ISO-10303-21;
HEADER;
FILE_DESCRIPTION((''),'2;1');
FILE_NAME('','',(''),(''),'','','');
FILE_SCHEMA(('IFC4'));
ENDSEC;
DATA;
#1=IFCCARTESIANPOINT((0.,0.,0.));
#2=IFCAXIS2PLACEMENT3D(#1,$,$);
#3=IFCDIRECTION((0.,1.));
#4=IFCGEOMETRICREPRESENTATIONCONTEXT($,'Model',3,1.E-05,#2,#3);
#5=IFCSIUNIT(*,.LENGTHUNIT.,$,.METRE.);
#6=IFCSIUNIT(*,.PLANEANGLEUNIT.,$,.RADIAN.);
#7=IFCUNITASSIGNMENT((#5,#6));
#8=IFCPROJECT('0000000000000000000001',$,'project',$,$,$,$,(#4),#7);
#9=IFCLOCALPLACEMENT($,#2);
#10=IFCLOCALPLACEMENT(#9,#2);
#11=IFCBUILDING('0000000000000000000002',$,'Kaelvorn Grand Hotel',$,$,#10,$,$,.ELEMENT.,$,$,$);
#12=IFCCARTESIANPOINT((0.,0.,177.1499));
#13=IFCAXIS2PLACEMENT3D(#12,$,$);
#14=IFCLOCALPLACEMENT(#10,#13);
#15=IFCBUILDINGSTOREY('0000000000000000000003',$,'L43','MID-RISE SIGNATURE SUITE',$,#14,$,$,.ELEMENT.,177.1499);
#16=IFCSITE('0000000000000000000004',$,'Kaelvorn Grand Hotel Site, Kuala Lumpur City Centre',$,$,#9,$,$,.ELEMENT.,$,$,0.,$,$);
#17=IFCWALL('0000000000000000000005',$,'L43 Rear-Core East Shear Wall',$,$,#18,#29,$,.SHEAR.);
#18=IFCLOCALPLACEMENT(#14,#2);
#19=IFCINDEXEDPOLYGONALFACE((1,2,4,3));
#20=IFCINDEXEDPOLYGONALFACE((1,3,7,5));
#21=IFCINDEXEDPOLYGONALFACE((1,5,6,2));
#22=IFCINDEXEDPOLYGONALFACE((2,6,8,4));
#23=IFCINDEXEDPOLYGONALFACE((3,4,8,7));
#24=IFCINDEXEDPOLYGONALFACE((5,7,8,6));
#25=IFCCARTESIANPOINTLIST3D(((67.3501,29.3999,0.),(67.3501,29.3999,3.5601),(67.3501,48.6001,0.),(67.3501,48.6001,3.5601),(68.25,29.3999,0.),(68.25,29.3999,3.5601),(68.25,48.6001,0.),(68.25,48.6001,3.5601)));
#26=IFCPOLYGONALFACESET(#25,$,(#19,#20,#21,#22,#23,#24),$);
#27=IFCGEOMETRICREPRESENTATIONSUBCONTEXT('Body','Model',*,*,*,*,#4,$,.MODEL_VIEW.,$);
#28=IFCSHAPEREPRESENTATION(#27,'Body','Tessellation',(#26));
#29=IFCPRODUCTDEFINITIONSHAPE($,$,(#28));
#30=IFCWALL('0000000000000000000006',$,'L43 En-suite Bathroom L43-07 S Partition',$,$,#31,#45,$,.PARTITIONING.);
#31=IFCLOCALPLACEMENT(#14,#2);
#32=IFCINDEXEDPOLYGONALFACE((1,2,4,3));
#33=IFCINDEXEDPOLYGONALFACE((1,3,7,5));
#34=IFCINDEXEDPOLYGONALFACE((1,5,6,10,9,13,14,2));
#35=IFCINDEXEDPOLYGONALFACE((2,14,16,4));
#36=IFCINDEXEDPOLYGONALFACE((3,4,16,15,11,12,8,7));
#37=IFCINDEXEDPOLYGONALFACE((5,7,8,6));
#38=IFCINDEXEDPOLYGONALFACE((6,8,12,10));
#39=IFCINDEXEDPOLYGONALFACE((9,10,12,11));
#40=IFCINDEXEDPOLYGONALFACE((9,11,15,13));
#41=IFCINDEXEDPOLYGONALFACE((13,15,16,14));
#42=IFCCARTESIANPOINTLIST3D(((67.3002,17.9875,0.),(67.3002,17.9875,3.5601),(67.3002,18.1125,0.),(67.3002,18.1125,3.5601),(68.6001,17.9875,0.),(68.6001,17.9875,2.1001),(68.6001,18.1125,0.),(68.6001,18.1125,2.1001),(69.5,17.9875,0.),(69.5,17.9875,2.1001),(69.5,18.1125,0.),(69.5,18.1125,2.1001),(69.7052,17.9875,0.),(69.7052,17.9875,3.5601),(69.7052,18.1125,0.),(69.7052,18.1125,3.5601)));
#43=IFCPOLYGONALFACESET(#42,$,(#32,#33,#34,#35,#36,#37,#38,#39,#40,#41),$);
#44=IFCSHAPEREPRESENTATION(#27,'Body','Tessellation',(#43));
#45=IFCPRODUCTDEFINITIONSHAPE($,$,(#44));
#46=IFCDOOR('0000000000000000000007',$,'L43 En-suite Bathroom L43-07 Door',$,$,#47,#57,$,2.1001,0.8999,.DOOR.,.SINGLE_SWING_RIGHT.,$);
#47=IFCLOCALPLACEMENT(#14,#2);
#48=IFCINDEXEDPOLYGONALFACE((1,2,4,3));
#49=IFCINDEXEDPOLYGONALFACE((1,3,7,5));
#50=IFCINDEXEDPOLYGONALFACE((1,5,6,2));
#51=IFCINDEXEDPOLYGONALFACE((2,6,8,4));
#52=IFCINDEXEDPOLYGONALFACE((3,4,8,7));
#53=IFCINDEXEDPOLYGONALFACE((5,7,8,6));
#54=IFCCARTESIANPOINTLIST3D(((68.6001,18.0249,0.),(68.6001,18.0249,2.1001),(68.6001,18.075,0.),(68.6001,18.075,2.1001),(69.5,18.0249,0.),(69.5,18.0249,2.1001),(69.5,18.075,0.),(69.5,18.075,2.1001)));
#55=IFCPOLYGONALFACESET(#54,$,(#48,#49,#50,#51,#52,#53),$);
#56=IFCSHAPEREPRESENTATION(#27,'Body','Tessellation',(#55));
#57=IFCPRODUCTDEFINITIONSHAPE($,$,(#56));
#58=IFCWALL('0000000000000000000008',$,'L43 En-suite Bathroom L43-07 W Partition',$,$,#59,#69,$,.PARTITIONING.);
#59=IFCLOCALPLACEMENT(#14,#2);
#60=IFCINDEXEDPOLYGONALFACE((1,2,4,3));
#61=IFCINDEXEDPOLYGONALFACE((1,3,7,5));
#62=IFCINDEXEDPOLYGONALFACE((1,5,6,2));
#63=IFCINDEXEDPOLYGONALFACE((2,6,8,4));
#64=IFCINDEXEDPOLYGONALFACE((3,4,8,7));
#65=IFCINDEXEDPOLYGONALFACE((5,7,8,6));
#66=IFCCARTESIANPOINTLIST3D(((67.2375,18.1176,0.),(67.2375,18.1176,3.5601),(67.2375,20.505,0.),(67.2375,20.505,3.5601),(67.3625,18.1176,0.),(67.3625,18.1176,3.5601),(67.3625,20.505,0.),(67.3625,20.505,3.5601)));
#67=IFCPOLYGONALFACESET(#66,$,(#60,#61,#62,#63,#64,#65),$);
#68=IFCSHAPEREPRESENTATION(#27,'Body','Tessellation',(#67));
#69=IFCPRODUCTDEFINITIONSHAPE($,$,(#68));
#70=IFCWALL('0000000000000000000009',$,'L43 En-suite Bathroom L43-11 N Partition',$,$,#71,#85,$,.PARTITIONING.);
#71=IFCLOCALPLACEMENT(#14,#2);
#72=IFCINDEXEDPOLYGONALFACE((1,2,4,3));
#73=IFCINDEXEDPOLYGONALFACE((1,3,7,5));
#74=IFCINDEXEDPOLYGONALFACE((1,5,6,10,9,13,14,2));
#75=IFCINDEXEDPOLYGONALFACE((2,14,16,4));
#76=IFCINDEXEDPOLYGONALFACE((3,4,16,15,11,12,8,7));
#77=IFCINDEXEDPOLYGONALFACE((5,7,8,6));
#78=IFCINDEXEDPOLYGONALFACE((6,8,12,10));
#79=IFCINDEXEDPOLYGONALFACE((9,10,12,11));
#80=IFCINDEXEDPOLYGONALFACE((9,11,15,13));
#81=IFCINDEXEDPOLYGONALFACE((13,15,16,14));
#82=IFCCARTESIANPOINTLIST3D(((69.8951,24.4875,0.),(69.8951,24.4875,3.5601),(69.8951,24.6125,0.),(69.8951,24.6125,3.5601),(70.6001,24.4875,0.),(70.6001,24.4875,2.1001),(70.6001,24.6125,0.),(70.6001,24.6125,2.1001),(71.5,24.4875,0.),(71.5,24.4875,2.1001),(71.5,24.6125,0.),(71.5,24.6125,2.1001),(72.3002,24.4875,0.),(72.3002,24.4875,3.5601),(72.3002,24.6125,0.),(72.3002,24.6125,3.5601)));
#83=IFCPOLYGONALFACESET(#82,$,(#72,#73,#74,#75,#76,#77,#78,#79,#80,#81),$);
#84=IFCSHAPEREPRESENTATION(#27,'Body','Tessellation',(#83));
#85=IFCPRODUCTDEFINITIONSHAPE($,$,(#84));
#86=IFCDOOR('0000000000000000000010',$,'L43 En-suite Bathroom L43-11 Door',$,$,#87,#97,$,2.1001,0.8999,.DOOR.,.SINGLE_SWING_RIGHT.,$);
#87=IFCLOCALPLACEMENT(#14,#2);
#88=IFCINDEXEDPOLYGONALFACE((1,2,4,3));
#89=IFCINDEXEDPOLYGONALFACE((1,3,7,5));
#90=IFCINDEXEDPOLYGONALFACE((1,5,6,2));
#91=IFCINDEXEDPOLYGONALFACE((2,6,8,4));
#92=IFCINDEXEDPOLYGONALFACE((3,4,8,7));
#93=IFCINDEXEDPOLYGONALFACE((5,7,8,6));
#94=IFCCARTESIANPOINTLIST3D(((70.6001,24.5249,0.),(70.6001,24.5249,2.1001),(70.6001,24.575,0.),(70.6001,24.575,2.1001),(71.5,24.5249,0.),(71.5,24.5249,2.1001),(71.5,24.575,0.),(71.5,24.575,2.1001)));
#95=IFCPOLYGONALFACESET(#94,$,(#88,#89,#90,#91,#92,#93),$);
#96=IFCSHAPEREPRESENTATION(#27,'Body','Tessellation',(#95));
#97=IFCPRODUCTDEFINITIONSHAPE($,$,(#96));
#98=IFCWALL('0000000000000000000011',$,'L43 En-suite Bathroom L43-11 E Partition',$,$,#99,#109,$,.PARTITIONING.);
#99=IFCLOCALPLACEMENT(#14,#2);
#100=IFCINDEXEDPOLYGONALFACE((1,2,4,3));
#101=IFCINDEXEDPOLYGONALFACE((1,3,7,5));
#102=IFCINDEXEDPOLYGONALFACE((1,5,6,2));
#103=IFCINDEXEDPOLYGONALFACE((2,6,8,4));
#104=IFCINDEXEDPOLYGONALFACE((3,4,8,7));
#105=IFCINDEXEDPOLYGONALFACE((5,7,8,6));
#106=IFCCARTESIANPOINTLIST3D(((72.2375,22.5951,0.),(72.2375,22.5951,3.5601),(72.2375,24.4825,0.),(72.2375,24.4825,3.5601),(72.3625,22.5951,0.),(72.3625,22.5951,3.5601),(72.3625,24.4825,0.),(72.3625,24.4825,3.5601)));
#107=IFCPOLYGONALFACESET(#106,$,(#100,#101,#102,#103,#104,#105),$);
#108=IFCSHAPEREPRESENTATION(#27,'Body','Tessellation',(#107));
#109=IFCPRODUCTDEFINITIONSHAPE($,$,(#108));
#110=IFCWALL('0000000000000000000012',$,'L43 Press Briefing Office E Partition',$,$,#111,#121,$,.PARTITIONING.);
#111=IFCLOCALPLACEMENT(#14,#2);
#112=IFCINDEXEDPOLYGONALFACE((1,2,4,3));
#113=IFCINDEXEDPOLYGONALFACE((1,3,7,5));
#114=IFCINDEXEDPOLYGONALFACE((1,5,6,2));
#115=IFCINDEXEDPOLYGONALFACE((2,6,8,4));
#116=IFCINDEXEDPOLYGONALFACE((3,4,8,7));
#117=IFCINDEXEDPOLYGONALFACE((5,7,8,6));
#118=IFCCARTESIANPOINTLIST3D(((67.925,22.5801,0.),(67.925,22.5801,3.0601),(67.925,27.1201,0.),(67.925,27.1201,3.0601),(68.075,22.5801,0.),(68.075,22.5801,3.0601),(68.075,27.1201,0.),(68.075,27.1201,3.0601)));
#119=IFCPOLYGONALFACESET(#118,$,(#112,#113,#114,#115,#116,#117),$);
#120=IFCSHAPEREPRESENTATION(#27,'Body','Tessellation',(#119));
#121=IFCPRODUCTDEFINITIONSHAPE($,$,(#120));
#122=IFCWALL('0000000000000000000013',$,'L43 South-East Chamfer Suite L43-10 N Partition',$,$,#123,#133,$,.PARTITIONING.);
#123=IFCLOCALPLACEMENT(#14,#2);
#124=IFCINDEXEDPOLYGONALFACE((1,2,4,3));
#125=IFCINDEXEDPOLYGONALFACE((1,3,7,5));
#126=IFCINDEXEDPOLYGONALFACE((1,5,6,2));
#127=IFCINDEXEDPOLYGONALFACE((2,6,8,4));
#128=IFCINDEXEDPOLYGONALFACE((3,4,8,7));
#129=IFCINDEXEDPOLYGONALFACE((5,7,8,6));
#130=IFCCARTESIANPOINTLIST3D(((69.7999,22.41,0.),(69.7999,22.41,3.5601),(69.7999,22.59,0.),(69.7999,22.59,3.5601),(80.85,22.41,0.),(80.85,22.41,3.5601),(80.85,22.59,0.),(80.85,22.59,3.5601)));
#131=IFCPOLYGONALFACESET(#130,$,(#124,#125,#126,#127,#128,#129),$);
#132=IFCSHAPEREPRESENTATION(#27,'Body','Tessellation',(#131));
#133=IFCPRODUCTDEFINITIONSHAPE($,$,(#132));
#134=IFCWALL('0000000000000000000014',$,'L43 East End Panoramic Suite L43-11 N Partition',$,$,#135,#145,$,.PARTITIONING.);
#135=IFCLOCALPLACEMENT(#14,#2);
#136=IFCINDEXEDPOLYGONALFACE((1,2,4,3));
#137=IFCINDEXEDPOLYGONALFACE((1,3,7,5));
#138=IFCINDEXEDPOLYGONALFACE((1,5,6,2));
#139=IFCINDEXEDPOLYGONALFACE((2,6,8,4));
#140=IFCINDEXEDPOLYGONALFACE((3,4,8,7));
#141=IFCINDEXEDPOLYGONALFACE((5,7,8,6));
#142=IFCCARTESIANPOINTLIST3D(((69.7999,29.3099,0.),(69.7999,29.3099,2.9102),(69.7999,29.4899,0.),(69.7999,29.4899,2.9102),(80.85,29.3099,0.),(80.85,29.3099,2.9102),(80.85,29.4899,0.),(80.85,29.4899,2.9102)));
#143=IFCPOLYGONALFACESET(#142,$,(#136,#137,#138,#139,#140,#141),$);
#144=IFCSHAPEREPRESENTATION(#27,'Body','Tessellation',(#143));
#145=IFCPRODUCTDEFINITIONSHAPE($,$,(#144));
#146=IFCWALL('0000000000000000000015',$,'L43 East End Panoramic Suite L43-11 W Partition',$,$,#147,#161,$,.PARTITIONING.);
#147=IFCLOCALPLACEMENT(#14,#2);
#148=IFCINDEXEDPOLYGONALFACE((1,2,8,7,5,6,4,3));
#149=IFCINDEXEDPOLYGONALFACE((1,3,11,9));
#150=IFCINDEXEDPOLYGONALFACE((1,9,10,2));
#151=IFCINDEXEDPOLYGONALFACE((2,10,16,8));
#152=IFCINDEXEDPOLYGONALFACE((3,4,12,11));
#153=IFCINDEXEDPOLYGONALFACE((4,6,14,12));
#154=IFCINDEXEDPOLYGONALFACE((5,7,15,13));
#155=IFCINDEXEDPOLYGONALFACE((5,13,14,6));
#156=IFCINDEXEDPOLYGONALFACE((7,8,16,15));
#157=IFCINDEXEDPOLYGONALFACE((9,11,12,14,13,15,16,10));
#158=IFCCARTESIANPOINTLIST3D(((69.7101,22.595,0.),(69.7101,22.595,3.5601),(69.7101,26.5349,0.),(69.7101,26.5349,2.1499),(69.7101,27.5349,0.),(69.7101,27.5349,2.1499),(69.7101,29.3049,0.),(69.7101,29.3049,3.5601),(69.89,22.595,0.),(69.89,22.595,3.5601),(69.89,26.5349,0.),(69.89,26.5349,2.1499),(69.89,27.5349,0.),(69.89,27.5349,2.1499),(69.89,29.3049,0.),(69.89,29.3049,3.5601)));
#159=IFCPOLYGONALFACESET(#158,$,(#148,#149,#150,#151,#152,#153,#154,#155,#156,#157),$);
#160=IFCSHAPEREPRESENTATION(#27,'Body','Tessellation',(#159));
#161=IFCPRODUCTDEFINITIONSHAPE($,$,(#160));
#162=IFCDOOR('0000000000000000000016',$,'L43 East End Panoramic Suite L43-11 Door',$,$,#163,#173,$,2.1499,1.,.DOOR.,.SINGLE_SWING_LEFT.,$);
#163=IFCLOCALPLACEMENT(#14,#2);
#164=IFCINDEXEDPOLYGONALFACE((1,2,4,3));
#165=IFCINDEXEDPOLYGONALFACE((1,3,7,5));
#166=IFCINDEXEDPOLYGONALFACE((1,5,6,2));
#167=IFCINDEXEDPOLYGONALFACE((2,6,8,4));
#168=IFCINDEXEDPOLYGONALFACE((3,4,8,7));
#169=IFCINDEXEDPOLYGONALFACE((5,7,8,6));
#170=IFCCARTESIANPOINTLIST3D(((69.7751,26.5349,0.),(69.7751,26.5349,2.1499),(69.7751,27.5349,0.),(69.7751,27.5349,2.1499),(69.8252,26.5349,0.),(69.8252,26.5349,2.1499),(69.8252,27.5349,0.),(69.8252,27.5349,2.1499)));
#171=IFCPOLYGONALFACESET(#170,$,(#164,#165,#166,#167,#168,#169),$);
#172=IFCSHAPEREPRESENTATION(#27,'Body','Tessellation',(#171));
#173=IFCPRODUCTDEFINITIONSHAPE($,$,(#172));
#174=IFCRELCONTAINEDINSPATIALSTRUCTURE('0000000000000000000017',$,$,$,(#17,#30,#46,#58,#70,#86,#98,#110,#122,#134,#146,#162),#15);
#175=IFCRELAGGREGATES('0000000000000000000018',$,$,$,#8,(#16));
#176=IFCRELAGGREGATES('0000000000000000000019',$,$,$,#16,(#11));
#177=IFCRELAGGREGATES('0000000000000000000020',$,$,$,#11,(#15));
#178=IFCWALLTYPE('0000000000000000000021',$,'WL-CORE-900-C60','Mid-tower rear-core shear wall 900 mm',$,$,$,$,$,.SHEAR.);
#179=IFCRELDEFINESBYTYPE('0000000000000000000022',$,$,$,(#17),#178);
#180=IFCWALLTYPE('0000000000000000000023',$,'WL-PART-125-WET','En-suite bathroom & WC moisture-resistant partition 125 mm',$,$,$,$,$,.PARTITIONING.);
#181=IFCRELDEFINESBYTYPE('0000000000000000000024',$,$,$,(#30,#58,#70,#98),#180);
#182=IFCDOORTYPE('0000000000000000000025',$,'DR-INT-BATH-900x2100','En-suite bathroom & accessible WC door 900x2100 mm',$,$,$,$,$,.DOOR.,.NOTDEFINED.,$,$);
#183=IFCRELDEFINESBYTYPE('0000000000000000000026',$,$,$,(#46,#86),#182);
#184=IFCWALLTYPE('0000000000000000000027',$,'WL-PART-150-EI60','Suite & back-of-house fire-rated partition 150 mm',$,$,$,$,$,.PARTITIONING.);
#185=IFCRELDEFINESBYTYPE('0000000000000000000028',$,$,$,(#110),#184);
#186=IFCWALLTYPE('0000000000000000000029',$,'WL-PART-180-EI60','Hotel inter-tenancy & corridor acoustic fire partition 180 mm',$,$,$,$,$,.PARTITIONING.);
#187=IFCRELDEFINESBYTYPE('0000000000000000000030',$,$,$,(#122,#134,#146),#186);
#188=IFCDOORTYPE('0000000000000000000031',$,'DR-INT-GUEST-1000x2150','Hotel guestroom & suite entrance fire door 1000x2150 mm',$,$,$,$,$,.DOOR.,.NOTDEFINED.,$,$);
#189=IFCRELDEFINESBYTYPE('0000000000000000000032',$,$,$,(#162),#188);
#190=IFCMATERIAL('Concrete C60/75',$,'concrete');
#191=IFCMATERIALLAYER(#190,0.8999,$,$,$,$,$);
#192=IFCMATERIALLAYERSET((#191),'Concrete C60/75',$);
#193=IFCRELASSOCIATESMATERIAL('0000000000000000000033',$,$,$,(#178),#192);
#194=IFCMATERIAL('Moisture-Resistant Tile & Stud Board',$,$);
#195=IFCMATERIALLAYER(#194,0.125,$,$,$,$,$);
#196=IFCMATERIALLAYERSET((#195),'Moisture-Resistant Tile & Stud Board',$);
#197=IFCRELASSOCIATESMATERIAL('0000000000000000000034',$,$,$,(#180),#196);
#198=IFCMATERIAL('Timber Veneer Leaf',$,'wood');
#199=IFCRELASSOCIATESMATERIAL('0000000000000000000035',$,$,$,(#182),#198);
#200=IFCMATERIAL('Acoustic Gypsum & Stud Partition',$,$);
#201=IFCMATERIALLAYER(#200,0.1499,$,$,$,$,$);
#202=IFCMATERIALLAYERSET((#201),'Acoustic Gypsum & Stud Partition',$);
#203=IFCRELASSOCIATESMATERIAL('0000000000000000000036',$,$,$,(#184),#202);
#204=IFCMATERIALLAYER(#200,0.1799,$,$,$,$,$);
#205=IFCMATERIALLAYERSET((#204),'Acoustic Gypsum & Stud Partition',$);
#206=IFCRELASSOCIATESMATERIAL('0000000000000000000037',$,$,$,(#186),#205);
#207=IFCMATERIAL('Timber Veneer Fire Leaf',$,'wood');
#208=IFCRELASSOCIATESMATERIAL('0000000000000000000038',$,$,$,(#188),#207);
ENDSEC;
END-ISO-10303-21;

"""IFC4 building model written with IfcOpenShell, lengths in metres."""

from ifc_helpers import new_model, si_unit, direction, frame, frame_2d, origin, place, context, subcontext, project, spatial, rectangle, extrude, material, layer, layer_set, type_object, element, fill, save


model = new_model("IFC4")

# Units and contexts
model_context = context("Model", 3, precision=1e-05, world=origin(), true_north=direction((0.0, 1.0)))
body_context = subcontext(model_context, "Body", "Model", "MODEL_VIEW")
ifc_project = project(units=[si_unit("LENGTHUNIT", "METRE"), si_unit("PLANEANGLEUNIT", "RADIAN")], contexts=[model_context])

# Site, building, storey
site_placement = place(None, origin())
site = spatial("IfcSite", under=ifc_project, at=site_placement, Name="Kaelvorn Grand Hotel Site, Kuala Lumpur City Centre", CompositionType="ELEMENT", RefElevation=0.0)
building_placement = place(site_placement, origin())
building = spatial("IfcBuilding", under=site, at=building_placement, Name="Kaelvorn Grand Hotel", CompositionType="ELEMENT")
storey_placement = place(building_placement, frame((0.0, 0.0, 177.1499)))
storey = spatial("IfcBuildingStorey", under=building, at=storey_placement, Name="L43", Description="MID-RISE SIGNATURE SUITE", CompositionType="ELEMENT", Elevation=177.1499)

# Shared definitions
ifc_material_1 = material(Name="Concrete C60/75", Category="concrete")

# Wall
ifc_layer_1 = layer(ifc_material_1, 0.8999)
ifc_layer_set_1 = layer_set([ifc_layer_1], Name="Concrete C60/75")
wall_type_1 = type_object("IfcWallType", Name="WL-CORE-900-C60", Description="Mid-tower rear-core shear wall 900 mm", PredefinedType="SHEAR", material=ifc_layer_set_1)
wall_1_placement = place(storey_placement, frame((67.8, 29.3999, 0.0), z_axis=(0.0, 0.0, 1.0), x_axis=(0.0, 1.0, 0.0)))
element("IfcWall", 1, at=wall_1_placement, inside=storey, type_object=wall_type_1, Name="L43 Rear-Core East Shear Wall", PredefinedType="SHEAR", context=body_context, shape_type="SweptSolid", body=[
    extrude(rectangle(XDim=19.2002, YDim=0.8999, at=frame_2d((9.6001, 0.0))), origin(), (0.0, 0.0, 1.0), 3.5601),
])

# Wall, opening, door
ifc_material_2 = material(Name="Moisture-Resistant Tile & Stud Board")
ifc_layer_2 = layer(ifc_material_2, 0.125)
ifc_layer_set_2 = layer_set([ifc_layer_2], Name="Moisture-Resistant Tile & Stud Board")
wall_type_2 = type_object("IfcWallType", Name="WL-PART-125-WET", Description="En-suite bathroom & WC moisture-resistant partition 125 mm", PredefinedType="PARTITIONING", material=ifc_layer_set_2)
wall_2_placement = place(storey_placement, frame((67.3, 18.05, 0.0), z_axis=(0.0, 0.0, 1.0), x_axis=(1.0, 0.0, 0.0)))
wall_2 = element("IfcWall", 2, at=wall_2_placement, inside=storey, type_object=wall_type_2, Name="L43 En-suite Bathroom L43-07 S Partition", PredefinedType="PARTITIONING", context=body_context, shape_type="SweptSolid", body=[
    extrude(rectangle(XDim=2.405, YDim=0.125, at=frame_2d((1.2026, 0.0))), origin(), (0.0, 0.0, 1.0), 3.5601),
])
opening_1_placement = place(wall_2_placement, frame((1.3, 0.0, 0.0)))
opening_1 = element("IfcOpeningElement", 3, at=opening_1_placement, cuts=wall_2, PredefinedType="OPENING", context=body_context, shape_type="SweptSolid", body=[
    extrude(rectangle(XDim=0.8999, YDim=2.1001, at=frame_2d((0.45, 1.05))), frame((0.0, 0.0725, 0.0), z_axis=(0.0, -1.0, 0.0), x_axis=(1.0, 0.0, 0.0)), (0.0, 0.0, 1.0), 0.145),
])
ifc_material_3 = material(Name="Timber Veneer Leaf", Category="wood")
door_type_1 = type_object("IfcDoorType", Name="DR-INT-BATH-900x2100", Description="En-suite bathroom & accessible WC door 900x2100 mm", OperationType="NOTDEFINED", PredefinedType="DOOR", material=ifc_material_3)
door_1_placement = place(opening_1_placement, origin())
door_1 = element("IfcDoor", 4, at=door_1_placement, inside=storey, type_object=door_type_1, Name="L43 En-suite Bathroom L43-07 Door", OperationType="SINGLE_SWING_RIGHT", OverallHeight=2.1001, OverallWidth=0.8999, PredefinedType="DOOR", context=body_context, shape_type="SweptSolid", body=[
    extrude(rectangle(XDim=0.8999, YDim=2.1001, at=frame_2d((0.45, 1.05))), frame((0.0, 0.0249, 0.0), z_axis=(0.0, -1.0, 0.0), x_axis=(1.0, 0.0, 0.0)), (0.0, 0.0, 1.0), 0.05),
])
fill(opening_1, door_1)

# Wall
wall_3_placement = place(storey_placement, frame((67.3, 18.1174, 0.0), z_axis=(0.0, 0.0, 1.0), x_axis=(0.0, 1.0, 0.0)))
element("IfcWall", 5, at=wall_3_placement, inside=storey, type_object=wall_type_2, Name="L43 En-suite Bathroom L43-07 W Partition", PredefinedType="PARTITIONING", context=body_context, shape_type="SweptSolid", body=[
    extrude(rectangle(XDim=2.3875, YDim=0.125, at=frame_2d((1.1938, 0.0))), origin(), (0.0, 0.0, 1.0), 3.5601),
])

# Wall, opening, door
wall_4_placement = place(storey_placement, frame((69.895, 24.55, 0.0), z_axis=(0.0, 0.0, 1.0), x_axis=(1.0, 0.0, 0.0)))
wall_4 = element("IfcWall", 6, at=wall_4_placement, inside=storey, type_object=wall_type_2, Name="L43 En-suite Bathroom L43-11 N Partition", PredefinedType="PARTITIONING", context=body_context, shape_type="SweptSolid", body=[
    extrude(rectangle(XDim=2.405, YDim=0.125, at=frame_2d((1.2026, 0.0))), origin(), (0.0, 0.0, 1.0), 3.5601),
])
opening_2_placement = place(wall_4_placement, frame((0.7051, 0.0, 0.0)))
opening_2 = element("IfcOpeningElement", 7, at=opening_2_placement, cuts=wall_4, PredefinedType="OPENING", context=body_context, shape_type="SweptSolid", body=[
    extrude(rectangle(XDim=0.8999, YDim=2.1001, at=frame_2d((0.45, 1.05))), frame((0.0, 0.0725, 0.0), z_axis=(0.0, -1.0, 0.0), x_axis=(1.0, 0.0, 0.0)), (0.0, 0.0, 1.0), 0.145),
])
door_2_placement = place(opening_2_placement, origin())
door_2 = element("IfcDoor", 8, at=door_2_placement, inside=storey, type_object=door_type_1, Name="L43 En-suite Bathroom L43-11 Door", OperationType="SINGLE_SWING_RIGHT", OverallHeight=2.1001, OverallWidth=0.8999, PredefinedType="DOOR", context=body_context, shape_type="SweptSolid", body=[
    extrude(rectangle(XDim=0.8999, YDim=2.1001, at=frame_2d((0.45, 1.05))), frame((0.0, 0.0249, 0.0), z_axis=(0.0, -1.0, 0.0), x_axis=(1.0, 0.0, 0.0)), (0.0, 0.0, 1.0), 0.05),
])
fill(opening_2, door_2)

# Walls
wall_5_placement = place(storey_placement, frame((72.3, 22.595, 0.0), z_axis=(0.0, 0.0, 1.0), x_axis=(0.0, 1.0, 0.0)))
element("IfcWall", 9, at=wall_5_placement, inside=storey, type_object=wall_type_2, Name="L43 En-suite Bathroom L43-11 E Partition", PredefinedType="PARTITIONING", context=body_context, shape_type="SweptSolid", body=[
    extrude(rectangle(XDim=1.8875, YDim=0.125, at=frame_2d((0.9438, 0.0))), origin(), (0.0, 0.0, 1.0), 3.5601),
])
ifc_material_4 = material(Name="Acoustic Gypsum & Stud Partition")
ifc_layer_3 = layer(ifc_material_4, 0.1499)
ifc_layer_set_3 = layer_set([ifc_layer_3], Name="Acoustic Gypsum & Stud Partition")
wall_type_3 = type_object("IfcWallType", Name="WL-PART-150-EI60", Description="Suite & back-of-house fire-rated partition 150 mm", PredefinedType="PARTITIONING", material=ifc_layer_set_3)
wall_6_placement = place(storey_placement, frame((68.0, 22.5801, 0.0), z_axis=(0.0, 0.0, 1.0), x_axis=(0.0, 1.0, 0.0)))
element("IfcWall", 10, at=wall_6_placement, inside=storey, type_object=wall_type_3, Name="L43 Press Briefing Office E Partition", PredefinedType="PARTITIONING", context=body_context, shape_type="SweptSolid", body=[
    extrude(rectangle(XDim=4.54, YDim=0.1499, at=frame_2d((2.27, 0.0))), origin(), (0.0, 0.0, 1.0), 3.0601),
])
ifc_layer_4 = layer(ifc_material_4, 0.1799)
ifc_layer_set_4 = layer_set([ifc_layer_4], Name="Acoustic Gypsum & Stud Partition")
wall_type_4 = type_object("IfcWallType", Name="WL-PART-180-EI60", Description="Hotel inter-tenancy & corridor acoustic fire partition 180 mm", PredefinedType="PARTITIONING", material=ifc_layer_set_4)
wall_7_placement = place(storey_placement, frame((69.8, 22.5, 0.0), z_axis=(0.0, 0.0, 1.0), x_axis=(1.0, 0.0, 0.0)))
element("IfcWall", 11, at=wall_7_placement, inside=storey, type_object=wall_type_4, Name="L43 South-East Chamfer Suite L43-10 N Partition", PredefinedType="PARTITIONING", context=body_context, shape_type="SweptSolid", body=[
    extrude(rectangle(XDim=11.05, YDim=0.1799, at=frame_2d((5.5249, 0.0))), origin(), (0.0, 0.0, 1.0), 3.5601),
])

# Shared definitions
ifc_material_5 = material(Name="Timber Veneer Fire Leaf", Category="wood")
door_type_2 = type_object("IfcDoorType", Name="DR-INT-GUEST-1000x2150", Description="Hotel guestroom & suite entrance fire door 1000x2150 mm", OperationType="NOTDEFINED", PredefinedType="DOOR", material=ifc_material_5)

# Wall
wall_8_placement = place(storey_placement, frame((69.8, 29.3999, 0.0), z_axis=(0.0, 0.0, 1.0), x_axis=(1.0, 0.0, 0.0)))
element("IfcWall", 12, at=wall_8_placement, inside=storey, type_object=wall_type_4, Name="L43 East End Panoramic Suite L43-11 N Partition", PredefinedType="PARTITIONING", context=body_context, shape_type="SweptSolid", body=[
    extrude(rectangle(XDim=11.05, YDim=0.1799, at=frame_2d((5.5249, 0.0))), origin(), (0.0, 0.0, 1.0), 2.9102),
])

# Wall, opening, door
wall_9_placement = place(storey_placement, frame((69.8, 22.595, 0.0), z_axis=(0.0, 0.0, 1.0), x_axis=(0.0, 1.0, 0.0)))
wall_9 = element("IfcWall", 13, at=wall_9_placement, inside=storey, type_object=wall_type_4, Name="L43 East End Panoramic Suite L43-11 W Partition", PredefinedType="PARTITIONING", context=body_context, shape_type="SweptSolid", body=[
    extrude(rectangle(XDim=6.71, YDim=0.1799, at=frame_2d((3.355, 0.0))), origin(), (0.0, 0.0, 1.0), 3.5601),
])
opening_3_placement = place(wall_9_placement, frame((3.9399, 0.0, 0.0)))
opening_3 = element("IfcOpeningElement", 14, at=opening_3_placement, cuts=wall_9, PredefinedType="OPENING", context=body_context, shape_type="SweptSolid", body=[
    extrude(rectangle(XDim=1.0, YDim=2.1499, at=frame_2d((0.5, 1.075))), frame((0.0, 0.1001, 0.0), z_axis=(0.0, -1.0, 0.0), x_axis=(1.0, 0.0, 0.0)), (0.0, 0.0, 1.0), 0.2),
])
door_3_placement = place(opening_3_placement, origin())
door_3 = element("IfcDoor", 15, at=door_3_placement, inside=storey, type_object=door_type_2, Name="L43 East End Panoramic Suite L43-11 Door", OperationType="SINGLE_SWING_LEFT", OverallHeight=2.1499, OverallWidth=1.0, PredefinedType="DOOR", context=body_context, shape_type="SweptSolid", body=[
    extrude(rectangle(XDim=1.0, YDim=2.1499, at=frame_2d((0.5, 1.075))), frame((0.0, 0.0249, 0.0), z_axis=(0.0, -1.0, 0.0), x_axis=(1.0, 0.0, 0.0)), (0.0, 0.0, 1.0), 0.05),
])
fill(opening_3, door_3)

save(model, "model.ifc")
